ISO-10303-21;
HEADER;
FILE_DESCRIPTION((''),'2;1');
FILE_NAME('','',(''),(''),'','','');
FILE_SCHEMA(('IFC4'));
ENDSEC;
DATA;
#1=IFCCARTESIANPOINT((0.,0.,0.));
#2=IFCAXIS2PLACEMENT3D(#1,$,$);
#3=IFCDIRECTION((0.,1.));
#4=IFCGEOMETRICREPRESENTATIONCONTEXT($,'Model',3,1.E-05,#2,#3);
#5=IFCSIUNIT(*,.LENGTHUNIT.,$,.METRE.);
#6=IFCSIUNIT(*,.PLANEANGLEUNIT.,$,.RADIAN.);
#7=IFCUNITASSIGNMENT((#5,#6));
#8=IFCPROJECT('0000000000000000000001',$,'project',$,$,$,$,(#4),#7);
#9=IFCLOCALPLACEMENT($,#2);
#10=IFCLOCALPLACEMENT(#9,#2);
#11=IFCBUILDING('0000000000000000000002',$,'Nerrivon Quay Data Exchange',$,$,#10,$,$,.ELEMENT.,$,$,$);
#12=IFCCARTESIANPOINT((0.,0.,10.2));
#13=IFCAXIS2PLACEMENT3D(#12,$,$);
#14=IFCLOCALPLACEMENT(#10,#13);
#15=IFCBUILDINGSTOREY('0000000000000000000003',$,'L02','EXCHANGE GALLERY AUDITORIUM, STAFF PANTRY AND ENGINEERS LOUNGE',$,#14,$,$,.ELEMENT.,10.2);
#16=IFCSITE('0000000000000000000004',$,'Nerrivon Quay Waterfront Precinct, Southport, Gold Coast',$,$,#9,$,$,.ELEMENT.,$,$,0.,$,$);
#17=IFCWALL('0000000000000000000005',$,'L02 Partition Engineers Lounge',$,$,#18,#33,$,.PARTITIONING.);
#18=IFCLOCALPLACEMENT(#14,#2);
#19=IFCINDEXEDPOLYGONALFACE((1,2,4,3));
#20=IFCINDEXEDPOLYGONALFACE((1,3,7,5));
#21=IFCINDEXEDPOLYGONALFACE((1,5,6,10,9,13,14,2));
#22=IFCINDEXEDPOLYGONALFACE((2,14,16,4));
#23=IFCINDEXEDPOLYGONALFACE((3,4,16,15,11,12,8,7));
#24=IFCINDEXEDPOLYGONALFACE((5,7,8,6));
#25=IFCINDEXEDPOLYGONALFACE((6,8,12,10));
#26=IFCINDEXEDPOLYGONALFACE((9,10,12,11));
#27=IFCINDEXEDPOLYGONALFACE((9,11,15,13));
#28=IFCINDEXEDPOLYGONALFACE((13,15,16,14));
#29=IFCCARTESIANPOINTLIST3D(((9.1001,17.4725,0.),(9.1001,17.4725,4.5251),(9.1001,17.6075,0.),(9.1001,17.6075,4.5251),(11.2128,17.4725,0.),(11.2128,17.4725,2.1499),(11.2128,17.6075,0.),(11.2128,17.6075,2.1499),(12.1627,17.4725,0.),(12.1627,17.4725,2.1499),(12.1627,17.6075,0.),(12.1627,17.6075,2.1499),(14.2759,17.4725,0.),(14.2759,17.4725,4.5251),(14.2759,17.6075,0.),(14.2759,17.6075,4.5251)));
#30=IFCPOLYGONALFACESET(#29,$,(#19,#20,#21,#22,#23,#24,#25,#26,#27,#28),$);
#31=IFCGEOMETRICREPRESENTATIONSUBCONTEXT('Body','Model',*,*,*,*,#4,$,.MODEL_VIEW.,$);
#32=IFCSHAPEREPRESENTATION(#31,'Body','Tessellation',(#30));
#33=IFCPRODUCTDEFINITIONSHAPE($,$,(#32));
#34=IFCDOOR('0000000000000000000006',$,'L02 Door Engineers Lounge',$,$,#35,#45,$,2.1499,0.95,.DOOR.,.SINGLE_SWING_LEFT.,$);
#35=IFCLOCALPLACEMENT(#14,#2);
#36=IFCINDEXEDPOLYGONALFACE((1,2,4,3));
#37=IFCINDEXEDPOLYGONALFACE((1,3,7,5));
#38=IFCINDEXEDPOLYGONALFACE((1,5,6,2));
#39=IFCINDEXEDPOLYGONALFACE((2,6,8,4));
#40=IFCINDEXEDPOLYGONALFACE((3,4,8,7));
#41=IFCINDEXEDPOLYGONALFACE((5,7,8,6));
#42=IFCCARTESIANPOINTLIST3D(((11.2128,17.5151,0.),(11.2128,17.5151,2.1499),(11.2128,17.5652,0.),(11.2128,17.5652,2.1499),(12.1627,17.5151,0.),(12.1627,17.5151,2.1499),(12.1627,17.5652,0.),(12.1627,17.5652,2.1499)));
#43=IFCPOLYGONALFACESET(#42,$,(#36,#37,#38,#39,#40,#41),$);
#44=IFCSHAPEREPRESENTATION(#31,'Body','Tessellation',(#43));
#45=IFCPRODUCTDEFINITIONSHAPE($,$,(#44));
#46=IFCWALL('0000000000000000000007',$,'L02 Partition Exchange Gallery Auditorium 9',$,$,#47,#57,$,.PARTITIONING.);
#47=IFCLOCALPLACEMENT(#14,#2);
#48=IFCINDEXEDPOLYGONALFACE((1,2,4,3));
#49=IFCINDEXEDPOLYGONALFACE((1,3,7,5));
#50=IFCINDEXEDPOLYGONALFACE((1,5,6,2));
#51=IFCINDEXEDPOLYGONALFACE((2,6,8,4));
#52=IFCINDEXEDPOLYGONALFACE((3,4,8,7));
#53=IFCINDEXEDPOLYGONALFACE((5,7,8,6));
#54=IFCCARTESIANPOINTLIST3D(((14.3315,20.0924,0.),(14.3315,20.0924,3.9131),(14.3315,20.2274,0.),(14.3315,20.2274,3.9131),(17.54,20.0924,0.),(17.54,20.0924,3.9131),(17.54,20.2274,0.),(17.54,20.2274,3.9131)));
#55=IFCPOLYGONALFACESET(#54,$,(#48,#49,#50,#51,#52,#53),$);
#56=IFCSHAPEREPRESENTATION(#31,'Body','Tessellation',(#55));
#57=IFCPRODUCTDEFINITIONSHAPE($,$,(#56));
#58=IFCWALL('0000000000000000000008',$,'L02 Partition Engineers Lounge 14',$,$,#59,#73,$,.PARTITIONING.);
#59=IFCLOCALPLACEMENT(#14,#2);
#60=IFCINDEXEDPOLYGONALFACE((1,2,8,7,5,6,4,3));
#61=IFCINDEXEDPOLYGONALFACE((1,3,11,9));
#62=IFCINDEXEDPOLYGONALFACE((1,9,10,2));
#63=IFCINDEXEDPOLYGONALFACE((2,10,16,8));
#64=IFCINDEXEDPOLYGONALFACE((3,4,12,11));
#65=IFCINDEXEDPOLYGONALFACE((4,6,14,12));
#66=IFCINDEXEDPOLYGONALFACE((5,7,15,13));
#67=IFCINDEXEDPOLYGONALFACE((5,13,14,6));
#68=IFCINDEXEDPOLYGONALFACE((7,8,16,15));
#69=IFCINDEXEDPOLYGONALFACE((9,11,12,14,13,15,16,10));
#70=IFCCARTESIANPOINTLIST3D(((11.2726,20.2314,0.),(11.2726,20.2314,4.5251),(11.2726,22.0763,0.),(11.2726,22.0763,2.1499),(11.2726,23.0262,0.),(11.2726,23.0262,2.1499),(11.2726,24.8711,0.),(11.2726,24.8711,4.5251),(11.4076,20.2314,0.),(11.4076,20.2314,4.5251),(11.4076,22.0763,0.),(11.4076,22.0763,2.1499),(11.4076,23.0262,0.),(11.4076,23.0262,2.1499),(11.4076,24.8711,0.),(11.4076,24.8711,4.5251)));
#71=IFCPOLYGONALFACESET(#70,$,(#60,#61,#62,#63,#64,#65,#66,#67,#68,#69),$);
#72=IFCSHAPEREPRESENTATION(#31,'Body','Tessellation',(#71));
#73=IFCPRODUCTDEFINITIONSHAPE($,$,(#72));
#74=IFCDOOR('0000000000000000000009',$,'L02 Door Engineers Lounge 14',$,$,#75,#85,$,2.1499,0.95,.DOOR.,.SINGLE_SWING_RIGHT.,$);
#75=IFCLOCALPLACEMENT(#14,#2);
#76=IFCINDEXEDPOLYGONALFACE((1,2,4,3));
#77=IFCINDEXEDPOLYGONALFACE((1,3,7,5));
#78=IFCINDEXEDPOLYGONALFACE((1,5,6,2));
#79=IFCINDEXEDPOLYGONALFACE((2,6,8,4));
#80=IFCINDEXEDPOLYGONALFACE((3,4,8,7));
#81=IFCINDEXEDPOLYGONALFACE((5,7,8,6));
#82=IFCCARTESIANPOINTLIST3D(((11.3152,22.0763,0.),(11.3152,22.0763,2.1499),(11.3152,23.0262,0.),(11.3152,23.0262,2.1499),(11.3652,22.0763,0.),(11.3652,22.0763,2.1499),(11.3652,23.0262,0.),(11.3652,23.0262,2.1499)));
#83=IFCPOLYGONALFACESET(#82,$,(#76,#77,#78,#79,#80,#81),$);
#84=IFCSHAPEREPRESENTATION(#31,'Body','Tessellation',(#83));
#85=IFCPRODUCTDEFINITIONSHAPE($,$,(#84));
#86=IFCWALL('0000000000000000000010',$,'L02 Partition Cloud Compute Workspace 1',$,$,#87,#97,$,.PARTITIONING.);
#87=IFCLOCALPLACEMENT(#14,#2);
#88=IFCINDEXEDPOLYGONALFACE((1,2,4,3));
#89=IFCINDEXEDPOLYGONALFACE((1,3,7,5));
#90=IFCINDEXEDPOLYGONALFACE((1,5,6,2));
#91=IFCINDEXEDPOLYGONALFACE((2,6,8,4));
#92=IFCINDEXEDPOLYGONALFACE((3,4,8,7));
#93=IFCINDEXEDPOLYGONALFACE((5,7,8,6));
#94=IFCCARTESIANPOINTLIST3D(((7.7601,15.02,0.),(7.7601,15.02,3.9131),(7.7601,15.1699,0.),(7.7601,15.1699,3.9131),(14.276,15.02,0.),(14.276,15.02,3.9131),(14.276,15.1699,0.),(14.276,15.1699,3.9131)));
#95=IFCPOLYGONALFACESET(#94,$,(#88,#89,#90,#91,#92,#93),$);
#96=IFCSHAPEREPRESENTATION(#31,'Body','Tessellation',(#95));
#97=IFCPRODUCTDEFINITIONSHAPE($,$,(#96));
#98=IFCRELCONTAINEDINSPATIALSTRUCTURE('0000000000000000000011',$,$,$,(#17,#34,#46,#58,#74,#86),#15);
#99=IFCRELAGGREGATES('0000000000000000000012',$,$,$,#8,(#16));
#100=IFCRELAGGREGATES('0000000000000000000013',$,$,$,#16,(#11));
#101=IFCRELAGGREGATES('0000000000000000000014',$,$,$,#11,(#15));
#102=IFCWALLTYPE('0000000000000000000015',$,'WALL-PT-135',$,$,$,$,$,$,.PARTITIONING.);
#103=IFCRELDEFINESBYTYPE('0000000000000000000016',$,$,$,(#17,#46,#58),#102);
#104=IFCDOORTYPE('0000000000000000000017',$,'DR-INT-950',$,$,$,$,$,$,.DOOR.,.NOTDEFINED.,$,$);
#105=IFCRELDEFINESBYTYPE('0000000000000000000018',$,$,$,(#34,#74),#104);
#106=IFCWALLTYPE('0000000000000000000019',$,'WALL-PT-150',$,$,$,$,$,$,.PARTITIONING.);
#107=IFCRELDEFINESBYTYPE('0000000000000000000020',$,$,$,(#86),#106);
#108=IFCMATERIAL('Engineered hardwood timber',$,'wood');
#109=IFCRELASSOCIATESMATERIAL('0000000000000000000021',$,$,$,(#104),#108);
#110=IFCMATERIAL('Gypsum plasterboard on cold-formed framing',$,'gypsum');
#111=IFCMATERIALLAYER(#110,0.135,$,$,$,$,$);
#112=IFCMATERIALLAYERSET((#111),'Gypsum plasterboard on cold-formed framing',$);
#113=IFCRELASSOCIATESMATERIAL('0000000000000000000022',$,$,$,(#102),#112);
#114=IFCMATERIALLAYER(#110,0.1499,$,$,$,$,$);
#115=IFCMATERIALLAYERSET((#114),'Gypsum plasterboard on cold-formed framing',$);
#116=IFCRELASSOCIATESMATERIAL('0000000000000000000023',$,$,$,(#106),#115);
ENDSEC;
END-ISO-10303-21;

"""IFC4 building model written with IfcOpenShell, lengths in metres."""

from ifc_helpers import new_model, si_unit, direction, frame, frame_2d, origin, place, context, subcontext, project, spatial, rectangle, extrude, material, layer, layer_set, type_object, element, fill, save


model = new_model("IFC4")

# Units and contexts
model_context = context("Model", 3, precision=1e-05, world=origin(), true_north=direction((0.0, 1.0)))
body_context = subcontext(model_context, "Body", "Model", "MODEL_VIEW")
ifc_project = project(units=[si_unit("LENGTHUNIT", "METRE"), si_unit("PLANEANGLEUNIT", "RADIAN")], contexts=[model_context])

# Site, building, storey
site_placement = place(None, origin())
site = spatial("IfcSite", under=ifc_project, at=site_placement, Name="Nerrivon Quay Waterfront Precinct, Southport, Gold Coast", CompositionType="ELEMENT", RefElevation=0.0)
building_placement = place(site_placement, origin())
building = spatial("IfcBuilding", under=site, at=building_placement, Name="Nerrivon Quay Data Exchange", CompositionType="ELEMENT")
storey_placement = place(building_placement, frame((0.0, 0.0, 10.2)))
storey = spatial("IfcBuildingStorey", under=building, at=storey_placement, Name="L02", Description="EXCHANGE GALLERY AUDITORIUM, STAFF PANTRY AND ENGINEERS LOUNGE", CompositionType="ELEMENT", Elevation=10.2)

# Shared definitions
ifc_material_1 = material(Name="Gypsum plasterboard on cold-formed framing", Category="gypsum")

# Shared definitions
ifc_material_2 = material(Name="Engineered hardwood timber", Category="wood")
door_type_1 = type_object("IfcDoorType", Name="DR-INT-950", OperationType="NOTDEFINED", PredefinedType="DOOR", material=ifc_material_2)

# Wall, opening, door
ifc_layer_1 = layer(ifc_material_1, 0.135)
ifc_layer_set_1 = layer_set([ifc_layer_1], Name="Gypsum plasterboard on cold-formed framing")
wall_type_1 = type_object("IfcWallType", Name="WALL-PT-135", PredefinedType="PARTITIONING", material=ifc_layer_set_1)
wall_1_placement = place(storey_placement, frame((14.2759, 17.54, 0.0), z_axis=(0.0, 0.0, 1.0), x_axis=(-1.0, 0.0, 0.0)))
wall_1 = element("IfcWall", 1, at=wall_1_placement, inside=storey, type_object=wall_type_1, Name="L02 Partition Engineers Lounge", PredefinedType="PARTITIONING", context=body_context, shape_type="SweptSolid", body=[
    extrude(rectangle(XDim=5.1758, YDim=0.135, at=frame_2d((2.5879, 0.0))), origin(), (0.0, 0.0, 1.0), 4.5251),
])
opening_1_placement = place(wall_1_placement, frame((2.113, 0.0, 0.0)))
opening_1 = element("IfcOpeningElement", 2, at=opening_1_placement, cuts=wall_1, PredefinedType="OPENING", context=body_context, shape_type="SweptSolid", body=[
    extrude(rectangle(XDim=0.95, YDim=2.1499, at=frame_2d((0.4751, 1.075))), frame((0.0, 0.0774, 0.0), z_axis=(0.0, -1.0, 0.0), x_axis=(1.0, 0.0, 0.0)), (0.0, 0.0, 1.0), 0.155),
])
door_1_placement = place(opening_1_placement, origin())
door_1 = element("IfcDoor", 3, at=door_1_placement, inside=storey, type_object=door_type_1, Name="L02 Door Engineers Lounge", OperationType="SINGLE_SWING_LEFT", OverallHeight=2.1499, OverallWidth=0.95, PredefinedType="DOOR", context=body_context, shape_type="SweptSolid", body=[
    extrude(rectangle(XDim=0.95, YDim=2.1499, at=frame_2d((0.4751, 1.075))), frame((0.0, 0.0249, 0.0), z_axis=(0.0, -1.0, 0.0), x_axis=(1.0, 0.0, 0.0)), (0.0, 0.0, 1.0), 0.05),
])
fill(opening_1, door_1)

# Wall
wall_2_placement = place(storey_placement, frame((14.3315, 20.1599, 0.0), z_axis=(0.0, 0.0, 1.0), x_axis=(1.0, 0.0, 0.0)))
element("IfcWall", 4, at=wall_2_placement, inside=storey, type_object=wall_type_1, Name="L02 Partition Exchange Gallery Auditorium 9", PredefinedType="PARTITIONING", context=body_context, shape_type="SweptSolid", body=[
    extrude(rectangle(XDim=3.2085, YDim=0.135, at=frame_2d((1.6042, 0.0))), origin(), (0.0, 0.0, 1.0), 3.9131),
])

# Wall, opening, door
wall_3_placement = place(storey_placement, frame((11.3401, 20.2314, 0.0), z_axis=(0.0, 0.0, 1.0), x_axis=(0.0, 1.0, 0.0)))
wall_3 = element("IfcWall", 5, at=wall_3_placement, inside=storey, type_object=wall_type_1, Name="L02 Partition Engineers Lounge 14", PredefinedType="PARTITIONING", context=body_context, shape_type="SweptSolid", body=[
    extrude(rectangle(XDim=4.6396, YDim=0.135, at=frame_2d((2.3198, 0.0))), origin(), (0.0, 0.0, 1.0), 4.5251),
])
opening_2_placement = place(wall_3_placement, frame((1.8447, 0.0, 0.0)))
opening_2 = element("IfcOpeningElement", 6, at=opening_2_placement, cuts=wall_3, PredefinedType="OPENING", context=body_context, shape_type="SweptSolid", body=[
    extrude(rectangle(XDim=0.95, YDim=2.1499, at=frame_2d((0.4751, 1.075))), frame((0.0, 0.0774, 0.0), z_axis=(0.0, -1.0, 0.0), x_axis=(1.0, 0.0, 0.0)), (0.0, 0.0, 1.0), 0.155),
])
door_2_placement = place(opening_2_placement, origin())
door_2 = element("IfcDoor", 7, at=door_2_placement, inside=storey, type_object=door_type_1, Name="L02 Door Engineers Lounge 14", OperationType="SINGLE_SWING_RIGHT", OverallHeight=2.1499, OverallWidth=0.95, PredefinedType="DOOR", context=body_context, shape_type="SweptSolid", body=[
    extrude(rectangle(XDim=0.95, YDim=2.1499, at=frame_2d((0.4751, 1.075))), frame((0.0, 0.0249, 0.0), z_axis=(0.0, -1.0, 0.0), x_axis=(1.0, 0.0, 0.0)), (0.0, 0.0, 1.0), 0.05),
])
fill(opening_2, door_2)

# Wall
ifc_layer_2 = layer(ifc_material_1, 0.1499)
ifc_layer_set_2 = layer_set([ifc_layer_2], Name="Gypsum plasterboard on cold-formed framing")
wall_type_2 = type_object("IfcWallType", Name="WALL-PT-150", PredefinedType="PARTITIONING", material=ifc_layer_set_2)
wall_4_placement = place(storey_placement, frame((14.2759, 15.095, 0.0), z_axis=(0.0, 0.0, 1.0), x_axis=(-1.0, 0.0, 0.0)))
element("IfcWall", 8, at=wall_4_placement, inside=storey, type_object=wall_type_2, Name="L02 Partition Cloud Compute Workspace 1", PredefinedType="PARTITIONING", context=body_context, shape_type="SweptSolid", body=[
    extrude(rectangle(XDim=6.5159, YDim=0.1499, at=frame_2d((3.2578, 0.0))), origin(), (0.0, 0.0, 1.0), 3.9131),
])

save(model, "model.ifc")
